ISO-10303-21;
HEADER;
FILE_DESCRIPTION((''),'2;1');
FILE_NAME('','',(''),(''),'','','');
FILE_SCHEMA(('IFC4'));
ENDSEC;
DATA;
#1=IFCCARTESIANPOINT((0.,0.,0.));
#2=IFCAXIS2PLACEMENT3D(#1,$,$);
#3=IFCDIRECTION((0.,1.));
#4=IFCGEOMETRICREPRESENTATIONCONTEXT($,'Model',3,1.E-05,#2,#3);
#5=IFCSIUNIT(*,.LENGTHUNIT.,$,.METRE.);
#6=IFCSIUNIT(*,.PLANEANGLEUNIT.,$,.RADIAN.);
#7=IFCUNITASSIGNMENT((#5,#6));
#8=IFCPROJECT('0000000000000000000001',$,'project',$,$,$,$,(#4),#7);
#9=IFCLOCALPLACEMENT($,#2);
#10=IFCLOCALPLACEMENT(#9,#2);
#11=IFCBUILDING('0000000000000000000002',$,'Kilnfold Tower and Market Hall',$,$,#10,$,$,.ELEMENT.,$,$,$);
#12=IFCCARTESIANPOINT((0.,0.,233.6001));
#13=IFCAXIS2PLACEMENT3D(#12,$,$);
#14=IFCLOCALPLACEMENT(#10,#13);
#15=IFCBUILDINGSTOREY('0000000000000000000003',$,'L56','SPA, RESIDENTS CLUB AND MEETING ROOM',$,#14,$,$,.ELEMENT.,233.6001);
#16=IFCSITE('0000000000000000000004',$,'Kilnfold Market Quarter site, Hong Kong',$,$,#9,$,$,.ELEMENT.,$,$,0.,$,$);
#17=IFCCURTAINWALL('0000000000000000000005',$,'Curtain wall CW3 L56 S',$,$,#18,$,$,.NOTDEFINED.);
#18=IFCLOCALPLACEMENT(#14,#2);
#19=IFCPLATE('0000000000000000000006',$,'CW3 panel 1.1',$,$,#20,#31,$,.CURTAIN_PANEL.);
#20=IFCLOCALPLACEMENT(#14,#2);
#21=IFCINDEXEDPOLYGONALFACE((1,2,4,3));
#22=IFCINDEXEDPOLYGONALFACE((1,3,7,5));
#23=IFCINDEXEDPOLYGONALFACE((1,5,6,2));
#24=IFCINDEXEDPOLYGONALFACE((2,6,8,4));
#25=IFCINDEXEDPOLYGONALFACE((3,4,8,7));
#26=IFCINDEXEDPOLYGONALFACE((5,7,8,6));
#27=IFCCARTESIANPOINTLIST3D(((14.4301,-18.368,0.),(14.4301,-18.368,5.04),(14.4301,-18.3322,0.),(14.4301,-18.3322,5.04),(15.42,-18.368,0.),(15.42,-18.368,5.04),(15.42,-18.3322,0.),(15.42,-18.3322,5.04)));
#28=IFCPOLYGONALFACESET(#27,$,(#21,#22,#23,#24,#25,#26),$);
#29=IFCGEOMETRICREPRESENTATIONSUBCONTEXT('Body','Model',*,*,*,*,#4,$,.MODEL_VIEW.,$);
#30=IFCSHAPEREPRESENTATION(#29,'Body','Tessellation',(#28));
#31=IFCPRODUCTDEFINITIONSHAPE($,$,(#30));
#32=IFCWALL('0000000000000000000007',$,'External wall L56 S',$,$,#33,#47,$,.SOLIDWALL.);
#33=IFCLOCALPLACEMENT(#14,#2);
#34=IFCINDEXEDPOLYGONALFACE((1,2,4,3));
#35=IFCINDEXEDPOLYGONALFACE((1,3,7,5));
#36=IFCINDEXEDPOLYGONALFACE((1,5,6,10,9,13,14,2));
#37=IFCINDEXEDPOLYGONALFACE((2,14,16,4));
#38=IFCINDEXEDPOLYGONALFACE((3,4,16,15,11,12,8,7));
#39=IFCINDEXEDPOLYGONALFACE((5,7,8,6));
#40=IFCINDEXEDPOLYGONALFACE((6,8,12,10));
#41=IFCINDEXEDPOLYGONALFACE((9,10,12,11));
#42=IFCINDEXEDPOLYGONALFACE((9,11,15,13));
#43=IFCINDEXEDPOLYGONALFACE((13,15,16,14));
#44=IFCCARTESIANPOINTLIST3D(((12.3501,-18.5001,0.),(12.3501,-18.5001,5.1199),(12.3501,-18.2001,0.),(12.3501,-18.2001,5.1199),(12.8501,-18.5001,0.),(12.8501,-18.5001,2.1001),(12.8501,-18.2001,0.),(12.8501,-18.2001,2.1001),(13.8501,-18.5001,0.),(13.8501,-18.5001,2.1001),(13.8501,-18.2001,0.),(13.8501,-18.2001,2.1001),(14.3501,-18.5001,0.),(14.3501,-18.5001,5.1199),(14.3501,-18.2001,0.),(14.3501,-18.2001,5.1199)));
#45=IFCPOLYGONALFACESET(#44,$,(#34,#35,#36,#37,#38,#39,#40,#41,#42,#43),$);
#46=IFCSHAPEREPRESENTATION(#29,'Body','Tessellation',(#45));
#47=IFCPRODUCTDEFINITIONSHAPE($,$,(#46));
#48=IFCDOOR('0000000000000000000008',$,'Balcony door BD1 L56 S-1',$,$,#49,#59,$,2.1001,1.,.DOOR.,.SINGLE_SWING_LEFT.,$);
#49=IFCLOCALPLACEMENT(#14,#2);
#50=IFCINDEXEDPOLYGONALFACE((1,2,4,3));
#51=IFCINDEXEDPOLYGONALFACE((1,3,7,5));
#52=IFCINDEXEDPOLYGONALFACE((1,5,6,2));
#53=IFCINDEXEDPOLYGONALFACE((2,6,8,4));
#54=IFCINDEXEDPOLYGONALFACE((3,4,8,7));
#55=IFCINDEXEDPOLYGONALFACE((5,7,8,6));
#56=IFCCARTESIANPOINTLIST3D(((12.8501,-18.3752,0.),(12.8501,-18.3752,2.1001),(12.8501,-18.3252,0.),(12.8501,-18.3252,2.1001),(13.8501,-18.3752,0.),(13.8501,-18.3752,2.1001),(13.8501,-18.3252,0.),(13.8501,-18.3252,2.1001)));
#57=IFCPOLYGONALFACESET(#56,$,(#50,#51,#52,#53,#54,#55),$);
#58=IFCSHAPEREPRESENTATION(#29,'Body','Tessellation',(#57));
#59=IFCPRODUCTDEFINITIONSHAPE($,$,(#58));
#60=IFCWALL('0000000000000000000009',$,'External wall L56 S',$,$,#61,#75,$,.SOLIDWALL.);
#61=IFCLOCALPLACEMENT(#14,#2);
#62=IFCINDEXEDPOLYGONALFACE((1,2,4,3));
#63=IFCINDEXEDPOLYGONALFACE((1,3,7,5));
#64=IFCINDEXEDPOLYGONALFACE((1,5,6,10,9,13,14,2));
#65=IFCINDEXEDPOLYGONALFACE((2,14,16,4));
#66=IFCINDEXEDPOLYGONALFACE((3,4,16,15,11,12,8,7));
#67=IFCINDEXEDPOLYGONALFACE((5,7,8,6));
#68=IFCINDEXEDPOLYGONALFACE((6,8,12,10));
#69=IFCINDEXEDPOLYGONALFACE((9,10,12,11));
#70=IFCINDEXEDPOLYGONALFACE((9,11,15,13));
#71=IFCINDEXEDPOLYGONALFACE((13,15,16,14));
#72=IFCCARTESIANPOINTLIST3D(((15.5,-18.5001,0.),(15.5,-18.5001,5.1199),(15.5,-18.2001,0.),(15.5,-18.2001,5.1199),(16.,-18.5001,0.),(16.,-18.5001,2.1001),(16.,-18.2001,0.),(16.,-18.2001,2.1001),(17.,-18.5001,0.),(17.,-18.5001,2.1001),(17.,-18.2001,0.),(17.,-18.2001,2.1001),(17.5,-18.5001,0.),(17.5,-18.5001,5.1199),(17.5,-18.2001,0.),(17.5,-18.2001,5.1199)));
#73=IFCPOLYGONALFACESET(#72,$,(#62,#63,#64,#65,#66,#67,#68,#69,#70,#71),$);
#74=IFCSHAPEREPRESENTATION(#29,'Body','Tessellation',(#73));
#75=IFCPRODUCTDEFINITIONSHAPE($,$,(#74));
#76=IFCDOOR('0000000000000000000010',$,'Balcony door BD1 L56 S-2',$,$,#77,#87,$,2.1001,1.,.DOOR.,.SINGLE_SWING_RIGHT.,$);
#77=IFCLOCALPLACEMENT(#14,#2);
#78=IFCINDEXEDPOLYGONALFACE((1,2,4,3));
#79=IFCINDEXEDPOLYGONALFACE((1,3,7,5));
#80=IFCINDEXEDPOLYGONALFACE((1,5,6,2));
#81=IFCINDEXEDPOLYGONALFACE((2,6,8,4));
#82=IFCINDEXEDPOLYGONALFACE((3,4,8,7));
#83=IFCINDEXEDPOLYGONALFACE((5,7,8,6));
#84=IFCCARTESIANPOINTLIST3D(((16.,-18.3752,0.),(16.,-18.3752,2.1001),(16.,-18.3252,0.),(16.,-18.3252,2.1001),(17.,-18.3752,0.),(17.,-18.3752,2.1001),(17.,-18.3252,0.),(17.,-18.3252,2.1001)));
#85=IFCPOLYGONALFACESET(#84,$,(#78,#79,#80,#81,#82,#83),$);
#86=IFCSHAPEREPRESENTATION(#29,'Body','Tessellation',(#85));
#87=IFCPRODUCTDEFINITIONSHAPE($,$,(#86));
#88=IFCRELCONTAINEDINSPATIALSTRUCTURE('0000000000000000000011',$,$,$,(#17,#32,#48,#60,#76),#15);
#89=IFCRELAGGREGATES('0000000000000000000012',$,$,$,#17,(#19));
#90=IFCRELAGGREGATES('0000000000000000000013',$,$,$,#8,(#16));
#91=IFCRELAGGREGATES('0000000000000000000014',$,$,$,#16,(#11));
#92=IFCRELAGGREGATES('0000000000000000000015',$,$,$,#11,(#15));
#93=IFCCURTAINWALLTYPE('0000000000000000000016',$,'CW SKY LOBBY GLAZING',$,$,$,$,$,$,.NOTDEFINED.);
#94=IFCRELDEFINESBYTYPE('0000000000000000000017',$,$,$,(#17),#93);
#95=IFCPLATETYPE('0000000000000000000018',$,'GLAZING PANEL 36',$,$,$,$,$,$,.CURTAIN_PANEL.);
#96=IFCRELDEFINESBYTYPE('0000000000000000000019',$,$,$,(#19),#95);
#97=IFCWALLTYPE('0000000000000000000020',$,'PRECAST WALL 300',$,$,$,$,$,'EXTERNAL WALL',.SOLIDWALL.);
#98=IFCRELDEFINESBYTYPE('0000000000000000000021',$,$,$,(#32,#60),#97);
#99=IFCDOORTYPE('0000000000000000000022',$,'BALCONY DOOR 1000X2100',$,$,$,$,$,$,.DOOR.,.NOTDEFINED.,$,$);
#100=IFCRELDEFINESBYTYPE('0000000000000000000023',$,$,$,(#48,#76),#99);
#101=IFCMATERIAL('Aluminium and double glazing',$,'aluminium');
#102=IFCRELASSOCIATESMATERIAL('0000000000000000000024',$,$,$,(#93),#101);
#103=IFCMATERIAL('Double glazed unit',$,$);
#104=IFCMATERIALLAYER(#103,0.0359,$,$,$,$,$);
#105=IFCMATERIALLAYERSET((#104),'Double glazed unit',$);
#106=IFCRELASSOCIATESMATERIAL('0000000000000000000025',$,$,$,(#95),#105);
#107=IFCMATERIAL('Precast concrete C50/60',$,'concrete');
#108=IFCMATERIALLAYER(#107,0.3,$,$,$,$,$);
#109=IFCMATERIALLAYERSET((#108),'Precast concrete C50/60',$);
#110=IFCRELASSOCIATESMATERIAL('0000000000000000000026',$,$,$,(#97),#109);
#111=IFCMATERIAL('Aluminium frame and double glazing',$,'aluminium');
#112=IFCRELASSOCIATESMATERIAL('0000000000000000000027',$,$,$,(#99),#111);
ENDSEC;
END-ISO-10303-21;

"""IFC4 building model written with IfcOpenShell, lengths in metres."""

from ifc_helpers import new_model, si_unit, direction, frame, frame_2d, origin, origin_2d, place, context, subcontext, project, spatial, rectangle, extrude, source, transform, mapped, material, layer, layer_set, type_object, element, fill, aggregate, save


model = new_model("IFC4")

# Units and contexts
model_context = context("Model", 3, precision=1e-05, world=origin(), true_north=direction((0.0, 1.0)))
body_context = subcontext(model_context, "Body", "Model", "MODEL_VIEW")
ifc_project = project(units=[si_unit("LENGTHUNIT", "METRE"), si_unit("PLANEANGLEUNIT", "RADIAN")], contexts=[model_context])

# Site, building, storey
site_placement = place(None, origin())
site = spatial("IfcSite", under=ifc_project, at=site_placement, Name="Kilnfold Market Quarter site, Hong Kong", CompositionType="ELEMENT", RefElevation=0.0)
building_placement = place(site_placement, origin())
building = spatial("IfcBuilding", under=site, at=building_placement, Name="Kilnfold Tower and Market Hall", CompositionType="ELEMENT")
storey_placement = place(building_placement, frame((0.0, 0.0, 233.6001)))
storey = spatial("IfcBuildingStorey", under=building, at=storey_placement, Name="L56", Description="SPA, RESIDENTS CLUB AND MEETING ROOM", CompositionType="ELEMENT", Elevation=233.6001)

# Curtain wall
ifc_material_1 = material(Name="Aluminium and double glazing", Category="aluminium")
curtain_wall_type = type_object("IfcCurtainWallType", Name="CW SKY LOBBY GLAZING", PredefinedType="NOTDEFINED", material=ifc_material_1)
curtain_wall_1_placement = place(storey_placement, origin())
curtain_wall_1 = element("IfcCurtainWall", 1, at=curtain_wall_1_placement, inside=storey, type_object=curtain_wall_type, Name="Curtain wall CW3 L56 S", PredefinedType="NOTDEFINED")

# Plate
ifc_material_2 = material(Name="Double glazed unit")
ifc_layer_1 = layer(ifc_material_2, 0.0359)
ifc_layer_set_1 = layer_set([ifc_layer_1], Name="Double glazed unit")
plate_type = type_object("IfcPlateType", Name="GLAZING PANEL 36", PredefinedType="CURTAIN_PANEL", material=ifc_layer_set_1)
shared_shape_1 = source(origin(), body_context, "Body", "SweptSolid", [
    extrude(rectangle(XDim=0.99, YDim=0.0359, at=origin_2d()), origin(), (0.0, 0.0, 1.0), 5.04),
])
plate_1_placement = place(storey_placement, frame((14.925, -18.3501, 0.0), z_axis=(0.0, 0.0, 1.0), x_axis=(1.0, 0.0, 0.0)))
plate_1 = element("IfcPlate", 2, at=plate_1_placement, type_object=plate_type, Name="CW3 panel 1.1", PredefinedType="CURTAIN_PANEL", context=body_context, shape_type="MappedRepresentation", body=[
    mapped(shared_shape_1, transform((0.0, 0.0, 0.0))),
])
aggregate(curtain_wall_1, [plate_1])

# Walls, openings, doors
ifc_material_3 = material(Name="Precast concrete C50/60", Category="concrete")
ifc_layer_2 = layer(ifc_material_3, 0.3)
ifc_layer_set_2 = layer_set([ifc_layer_2], Name="Precast concrete C50/60")
wall_type = type_object("IfcWallType", Name="PRECAST WALL 300", ElementType="EXTERNAL WALL", PredefinedType="SOLIDWALL", material=ifc_layer_set_2)
shared_shape_2 = source(origin(), body_context, "Body", "SweptSolid", [
    extrude(rectangle(XDim=2.0, YDim=0.3, at=frame_2d((1.0, 0.0))), origin(), (0.0, 0.0, 1.0), 5.1199),
])
wall_1_placement = place(storey_placement, frame((12.3501, -18.3501, 0.0), z_axis=(0.0, 0.0, 1.0), x_axis=(1.0, 0.0, 0.0)))
wall_1 = element("IfcWall", 3, at=wall_1_placement, inside=storey, type_object=wall_type, Name="External wall L56 S", PredefinedType="SOLIDWALL", context=body_context, shape_type="MappedRepresentation", body=[
    mapped(shared_shape_2, transform((0.0, 0.0, 0.0))),
])
opening_1_placement = place(wall_1_placement, frame((0.5, 0.0, 0.0)))
opening_1 = element("IfcOpeningElement", 4, at=opening_1_placement, cuts=wall_1, PredefinedType="OPENING", context=body_context, shape_type="SweptSolid", body=[
    extrude(rectangle(XDim=1.0, YDim=2.1001, at=frame_2d((0.5, 1.05))), frame((0.0, 0.1602, 0.0), z_axis=(0.0, -1.0, 0.0), x_axis=(1.0, 0.0, 0.0)), (0.0, 0.0, 1.0), 0.3201),
])
ifc_material_4 = material(Name="Aluminium frame and double glazing", Category="aluminium")
door_type = type_object("IfcDoorType", Name="BALCONY DOOR 1000X2100", OperationType="NOTDEFINED", PredefinedType="DOOR", material=ifc_material_4)
door_1_placement = place(opening_1_placement, origin())
door_1 = element("IfcDoor", 5, at=door_1_placement, inside=storey, type_object=door_type, Name="Balcony door BD1 L56 S-1", OperationType="SINGLE_SWING_LEFT", OverallHeight=2.1001, OverallWidth=1.0, PredefinedType="DOOR", context=body_context, shape_type="SweptSolid", body=[
    extrude(rectangle(XDim=1.0, YDim=2.1001, at=frame_2d((0.5, 1.05))), frame((0.0, 0.0249, 0.0), z_axis=(0.0, -1.0, 0.0), x_axis=(1.0, 0.0, 0.0)), (0.0, 0.0, 1.0), 0.05),
])
fill(opening_1, door_1)
wall_2_placement = place(storey_placement, frame((15.5, -18.3501, 0.0), z_axis=(0.0, 0.0, 1.0), x_axis=(1.0, 0.0, 0.0)))
wall_2 = element("IfcWall", 6, at=wall_2_placement, inside=storey, type_object=wall_type, Name="External wall L56 S", PredefinedType="SOLIDWALL", context=body_context, shape_type="MappedRepresentation", body=[
    mapped(shared_shape_2, transform((0.0, 0.0, 0.0))),
])
opening_2_placement = place(wall_2_placement, frame((0.5, 0.0, 0.0)))
opening_2 = element("IfcOpeningElement", 7, at=opening_2_placement, cuts=wall_2, PredefinedType="OPENING", context=body_context, shape_type="SweptSolid", body=[
    extrude(rectangle(XDim=1.0, YDim=2.1001, at=frame_2d((0.5, 1.05))), frame((0.0, 0.1602, 0.0), z_axis=(0.0, -1.0, 0.0), x_axis=(1.0, 0.0, 0.0)), (0.0, 0.0, 1.0), 0.3201),
])
door_2_placement = place(opening_2_placement, origin())
door_2 = element("IfcDoor", 8, at=door_2_placement, inside=storey, type_object=door_type, Name="Balcony door BD1 L56 S-2", OperationType="SINGLE_SWING_RIGHT", OverallHeight=2.1001, OverallWidth=1.0, PredefinedType="DOOR", context=body_context, shape_type="SweptSolid", body=[
    extrude(rectangle(XDim=1.0, YDim=2.1001, at=frame_2d((0.5, 1.05))), frame((0.0, 0.0249, 0.0), z_axis=(0.0, -1.0, 0.0), x_axis=(1.0, 0.0, 0.0)), (0.0, 0.0, 1.0), 0.05),
])
fill(opening_2, door_2)

save(model, "model.ifc")
